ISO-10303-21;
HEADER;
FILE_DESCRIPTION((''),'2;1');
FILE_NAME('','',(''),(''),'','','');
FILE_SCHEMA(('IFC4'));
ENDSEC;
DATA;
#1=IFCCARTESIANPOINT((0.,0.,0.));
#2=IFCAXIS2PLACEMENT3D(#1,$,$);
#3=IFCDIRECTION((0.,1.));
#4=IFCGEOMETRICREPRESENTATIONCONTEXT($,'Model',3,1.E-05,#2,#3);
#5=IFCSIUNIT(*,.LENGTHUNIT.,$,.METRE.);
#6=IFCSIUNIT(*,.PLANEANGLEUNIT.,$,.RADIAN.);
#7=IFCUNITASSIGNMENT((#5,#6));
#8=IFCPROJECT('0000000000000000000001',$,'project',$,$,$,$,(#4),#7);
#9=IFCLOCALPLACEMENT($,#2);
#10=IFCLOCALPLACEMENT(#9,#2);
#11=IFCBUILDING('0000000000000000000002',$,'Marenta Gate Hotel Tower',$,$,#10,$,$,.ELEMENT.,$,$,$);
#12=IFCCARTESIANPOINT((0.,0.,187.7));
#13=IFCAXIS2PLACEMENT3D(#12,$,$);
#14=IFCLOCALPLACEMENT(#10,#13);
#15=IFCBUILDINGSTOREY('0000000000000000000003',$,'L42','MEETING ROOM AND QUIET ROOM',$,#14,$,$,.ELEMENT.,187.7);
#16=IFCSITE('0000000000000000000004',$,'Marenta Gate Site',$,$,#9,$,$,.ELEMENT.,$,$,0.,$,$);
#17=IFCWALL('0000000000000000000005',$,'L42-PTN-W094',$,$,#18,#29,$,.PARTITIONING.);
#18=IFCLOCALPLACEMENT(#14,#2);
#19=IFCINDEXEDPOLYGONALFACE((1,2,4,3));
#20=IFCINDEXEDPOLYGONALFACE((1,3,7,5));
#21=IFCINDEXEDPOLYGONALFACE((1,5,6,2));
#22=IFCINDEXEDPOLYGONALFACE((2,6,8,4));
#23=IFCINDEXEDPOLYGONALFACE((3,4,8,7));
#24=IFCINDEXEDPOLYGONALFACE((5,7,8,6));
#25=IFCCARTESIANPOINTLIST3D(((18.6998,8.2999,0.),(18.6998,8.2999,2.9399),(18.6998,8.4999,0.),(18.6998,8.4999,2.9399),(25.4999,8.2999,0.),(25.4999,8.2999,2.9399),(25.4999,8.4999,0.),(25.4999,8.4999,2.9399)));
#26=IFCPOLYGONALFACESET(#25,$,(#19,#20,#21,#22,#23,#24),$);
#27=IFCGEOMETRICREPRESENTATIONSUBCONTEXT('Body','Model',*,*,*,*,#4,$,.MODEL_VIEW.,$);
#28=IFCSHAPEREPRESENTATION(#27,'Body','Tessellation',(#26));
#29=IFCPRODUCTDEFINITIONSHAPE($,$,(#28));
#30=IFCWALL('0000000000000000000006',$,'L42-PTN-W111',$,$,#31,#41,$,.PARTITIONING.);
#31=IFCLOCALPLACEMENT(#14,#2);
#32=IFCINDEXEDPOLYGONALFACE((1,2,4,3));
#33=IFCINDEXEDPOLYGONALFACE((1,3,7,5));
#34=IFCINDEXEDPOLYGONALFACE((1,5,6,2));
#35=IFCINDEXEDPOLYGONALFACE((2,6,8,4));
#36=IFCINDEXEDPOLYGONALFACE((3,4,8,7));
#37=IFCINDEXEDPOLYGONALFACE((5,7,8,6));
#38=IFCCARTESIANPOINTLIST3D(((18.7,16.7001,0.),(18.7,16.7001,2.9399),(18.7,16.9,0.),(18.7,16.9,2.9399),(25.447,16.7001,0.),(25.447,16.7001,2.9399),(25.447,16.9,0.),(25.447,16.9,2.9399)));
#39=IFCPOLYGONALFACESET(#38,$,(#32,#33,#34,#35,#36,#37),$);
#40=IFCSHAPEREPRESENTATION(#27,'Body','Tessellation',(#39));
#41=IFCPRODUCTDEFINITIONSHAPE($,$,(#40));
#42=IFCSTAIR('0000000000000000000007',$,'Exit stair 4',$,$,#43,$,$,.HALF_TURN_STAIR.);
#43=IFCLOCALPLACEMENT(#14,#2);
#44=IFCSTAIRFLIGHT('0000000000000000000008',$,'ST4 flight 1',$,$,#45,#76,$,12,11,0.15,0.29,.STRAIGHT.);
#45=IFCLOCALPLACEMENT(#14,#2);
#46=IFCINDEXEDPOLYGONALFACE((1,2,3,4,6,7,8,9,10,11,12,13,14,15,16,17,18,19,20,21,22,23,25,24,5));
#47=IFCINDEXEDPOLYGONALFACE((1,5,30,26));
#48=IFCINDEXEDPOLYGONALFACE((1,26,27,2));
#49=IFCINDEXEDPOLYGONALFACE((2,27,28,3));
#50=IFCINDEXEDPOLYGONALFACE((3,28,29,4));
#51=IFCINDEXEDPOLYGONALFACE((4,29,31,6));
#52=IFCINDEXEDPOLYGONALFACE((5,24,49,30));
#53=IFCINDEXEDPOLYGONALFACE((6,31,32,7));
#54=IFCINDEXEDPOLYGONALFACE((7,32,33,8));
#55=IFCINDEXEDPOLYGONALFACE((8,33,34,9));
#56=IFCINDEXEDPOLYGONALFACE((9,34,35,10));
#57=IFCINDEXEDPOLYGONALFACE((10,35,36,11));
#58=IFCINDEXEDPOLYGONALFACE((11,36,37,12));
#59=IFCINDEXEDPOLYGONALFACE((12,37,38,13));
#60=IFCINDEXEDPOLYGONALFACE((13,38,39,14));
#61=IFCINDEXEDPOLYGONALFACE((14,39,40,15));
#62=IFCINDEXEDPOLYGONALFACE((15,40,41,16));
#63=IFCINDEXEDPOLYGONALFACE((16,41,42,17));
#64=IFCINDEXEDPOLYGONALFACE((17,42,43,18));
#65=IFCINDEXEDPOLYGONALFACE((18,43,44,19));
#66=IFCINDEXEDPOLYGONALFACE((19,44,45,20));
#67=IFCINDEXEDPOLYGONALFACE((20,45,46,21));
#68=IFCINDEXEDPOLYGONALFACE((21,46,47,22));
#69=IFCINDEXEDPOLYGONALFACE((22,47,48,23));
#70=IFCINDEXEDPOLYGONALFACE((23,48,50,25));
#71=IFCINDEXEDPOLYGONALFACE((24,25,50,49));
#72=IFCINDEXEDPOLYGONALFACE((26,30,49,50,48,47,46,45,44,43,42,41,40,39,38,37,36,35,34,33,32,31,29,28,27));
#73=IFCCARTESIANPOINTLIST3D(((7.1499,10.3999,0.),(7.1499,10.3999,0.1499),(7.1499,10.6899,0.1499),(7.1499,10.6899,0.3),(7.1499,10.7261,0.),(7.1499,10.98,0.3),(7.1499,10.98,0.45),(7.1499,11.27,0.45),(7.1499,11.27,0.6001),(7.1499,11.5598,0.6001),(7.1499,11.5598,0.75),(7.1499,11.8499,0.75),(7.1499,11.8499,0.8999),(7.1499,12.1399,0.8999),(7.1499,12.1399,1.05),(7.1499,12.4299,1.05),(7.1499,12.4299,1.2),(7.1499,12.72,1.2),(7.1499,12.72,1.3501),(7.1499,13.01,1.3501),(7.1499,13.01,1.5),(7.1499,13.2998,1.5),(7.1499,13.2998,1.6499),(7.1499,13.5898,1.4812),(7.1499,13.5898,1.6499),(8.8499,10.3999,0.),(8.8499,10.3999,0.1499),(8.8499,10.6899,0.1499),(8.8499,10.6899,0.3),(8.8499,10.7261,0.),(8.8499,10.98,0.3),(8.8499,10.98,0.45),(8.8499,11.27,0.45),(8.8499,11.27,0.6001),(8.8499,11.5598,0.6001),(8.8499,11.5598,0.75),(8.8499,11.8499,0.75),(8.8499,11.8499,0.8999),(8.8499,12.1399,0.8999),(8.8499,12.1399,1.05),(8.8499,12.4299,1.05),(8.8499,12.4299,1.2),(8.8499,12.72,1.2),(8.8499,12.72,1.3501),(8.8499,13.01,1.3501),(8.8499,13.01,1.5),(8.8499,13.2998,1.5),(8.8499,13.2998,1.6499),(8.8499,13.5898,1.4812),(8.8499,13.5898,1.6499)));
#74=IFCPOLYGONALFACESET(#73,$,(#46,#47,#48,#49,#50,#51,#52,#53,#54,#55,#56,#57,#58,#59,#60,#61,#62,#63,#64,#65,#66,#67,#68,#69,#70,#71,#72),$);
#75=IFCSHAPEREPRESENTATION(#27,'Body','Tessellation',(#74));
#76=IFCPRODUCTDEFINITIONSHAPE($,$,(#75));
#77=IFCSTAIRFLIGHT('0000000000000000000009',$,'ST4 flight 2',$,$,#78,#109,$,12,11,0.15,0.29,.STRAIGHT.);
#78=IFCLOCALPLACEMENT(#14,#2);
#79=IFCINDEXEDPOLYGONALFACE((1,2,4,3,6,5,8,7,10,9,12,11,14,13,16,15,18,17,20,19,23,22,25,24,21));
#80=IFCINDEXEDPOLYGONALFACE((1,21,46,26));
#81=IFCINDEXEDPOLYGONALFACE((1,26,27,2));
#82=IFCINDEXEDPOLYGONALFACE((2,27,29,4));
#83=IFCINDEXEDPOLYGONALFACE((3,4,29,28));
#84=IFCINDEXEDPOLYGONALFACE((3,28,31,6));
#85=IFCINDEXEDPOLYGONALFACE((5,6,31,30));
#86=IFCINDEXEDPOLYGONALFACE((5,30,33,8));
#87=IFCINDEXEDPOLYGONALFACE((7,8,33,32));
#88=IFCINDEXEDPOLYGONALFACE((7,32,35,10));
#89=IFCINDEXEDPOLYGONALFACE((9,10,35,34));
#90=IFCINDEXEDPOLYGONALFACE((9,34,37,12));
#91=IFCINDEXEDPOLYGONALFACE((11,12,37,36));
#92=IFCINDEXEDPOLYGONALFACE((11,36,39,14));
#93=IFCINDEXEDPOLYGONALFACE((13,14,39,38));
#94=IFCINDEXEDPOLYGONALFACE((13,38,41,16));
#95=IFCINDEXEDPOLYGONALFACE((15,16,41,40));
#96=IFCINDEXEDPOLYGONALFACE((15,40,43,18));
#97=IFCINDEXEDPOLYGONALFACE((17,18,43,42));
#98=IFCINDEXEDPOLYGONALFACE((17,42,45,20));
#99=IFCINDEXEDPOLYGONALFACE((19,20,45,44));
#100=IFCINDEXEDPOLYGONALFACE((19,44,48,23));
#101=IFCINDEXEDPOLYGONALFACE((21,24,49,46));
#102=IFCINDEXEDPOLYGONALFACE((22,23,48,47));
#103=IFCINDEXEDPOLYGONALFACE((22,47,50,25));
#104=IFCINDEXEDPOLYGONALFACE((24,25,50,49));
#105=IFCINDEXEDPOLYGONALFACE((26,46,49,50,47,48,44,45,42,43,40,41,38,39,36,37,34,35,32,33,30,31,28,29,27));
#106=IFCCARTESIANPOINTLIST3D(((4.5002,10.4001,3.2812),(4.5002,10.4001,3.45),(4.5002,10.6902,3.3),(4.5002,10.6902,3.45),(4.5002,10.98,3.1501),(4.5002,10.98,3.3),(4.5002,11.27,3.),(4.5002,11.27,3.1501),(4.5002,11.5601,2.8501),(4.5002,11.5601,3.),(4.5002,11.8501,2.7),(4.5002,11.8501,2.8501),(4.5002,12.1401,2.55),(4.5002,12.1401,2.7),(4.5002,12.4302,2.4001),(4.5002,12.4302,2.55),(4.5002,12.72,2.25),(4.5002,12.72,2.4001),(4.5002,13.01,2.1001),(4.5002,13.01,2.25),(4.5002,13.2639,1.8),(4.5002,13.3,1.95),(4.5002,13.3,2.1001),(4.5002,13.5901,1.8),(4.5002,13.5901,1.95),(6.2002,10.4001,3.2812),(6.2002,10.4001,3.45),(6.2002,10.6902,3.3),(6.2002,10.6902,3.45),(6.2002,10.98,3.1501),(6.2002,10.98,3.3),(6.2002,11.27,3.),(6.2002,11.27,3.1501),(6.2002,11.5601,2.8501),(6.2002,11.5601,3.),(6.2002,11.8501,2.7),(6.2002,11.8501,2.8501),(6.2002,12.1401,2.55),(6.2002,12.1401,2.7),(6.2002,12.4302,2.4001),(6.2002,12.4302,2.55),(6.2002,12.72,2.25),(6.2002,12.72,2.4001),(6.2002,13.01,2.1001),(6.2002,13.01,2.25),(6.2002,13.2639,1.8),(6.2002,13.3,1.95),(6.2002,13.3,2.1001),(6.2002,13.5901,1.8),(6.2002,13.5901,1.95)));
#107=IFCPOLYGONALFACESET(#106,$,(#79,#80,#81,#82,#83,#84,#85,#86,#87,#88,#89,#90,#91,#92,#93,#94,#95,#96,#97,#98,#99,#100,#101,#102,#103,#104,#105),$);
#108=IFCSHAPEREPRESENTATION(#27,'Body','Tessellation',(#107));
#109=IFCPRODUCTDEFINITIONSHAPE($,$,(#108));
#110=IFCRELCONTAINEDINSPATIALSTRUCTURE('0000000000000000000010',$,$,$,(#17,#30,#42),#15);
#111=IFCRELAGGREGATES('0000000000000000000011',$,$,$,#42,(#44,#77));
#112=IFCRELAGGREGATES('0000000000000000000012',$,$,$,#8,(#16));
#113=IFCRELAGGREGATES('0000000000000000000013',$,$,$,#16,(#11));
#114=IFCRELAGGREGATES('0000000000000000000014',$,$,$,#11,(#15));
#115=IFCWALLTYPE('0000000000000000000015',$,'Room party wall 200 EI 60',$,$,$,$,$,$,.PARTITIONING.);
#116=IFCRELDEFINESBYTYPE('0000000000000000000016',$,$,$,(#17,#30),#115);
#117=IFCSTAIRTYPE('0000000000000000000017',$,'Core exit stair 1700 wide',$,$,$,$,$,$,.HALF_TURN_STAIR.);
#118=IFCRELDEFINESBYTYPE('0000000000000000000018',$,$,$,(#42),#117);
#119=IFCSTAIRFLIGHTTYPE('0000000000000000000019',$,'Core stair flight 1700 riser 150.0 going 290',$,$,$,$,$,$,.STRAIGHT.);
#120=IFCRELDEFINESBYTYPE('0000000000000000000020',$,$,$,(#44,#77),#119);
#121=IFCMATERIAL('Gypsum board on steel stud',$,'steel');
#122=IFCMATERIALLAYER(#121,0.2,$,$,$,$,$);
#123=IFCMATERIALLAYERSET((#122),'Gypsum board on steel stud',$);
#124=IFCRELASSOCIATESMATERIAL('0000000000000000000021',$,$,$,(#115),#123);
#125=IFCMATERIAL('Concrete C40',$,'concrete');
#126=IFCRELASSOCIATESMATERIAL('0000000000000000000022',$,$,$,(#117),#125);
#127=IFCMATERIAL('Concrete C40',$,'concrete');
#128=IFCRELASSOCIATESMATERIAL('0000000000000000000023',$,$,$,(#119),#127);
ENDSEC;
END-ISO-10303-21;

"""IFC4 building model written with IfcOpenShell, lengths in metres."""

from ifc_helpers import new_model, si_unit, direction, frame, frame_2d, origin, place, context, subcontext, project, spatial, polyline, rectangle, outline, extrude, material, layer, layer_set, type_object, element, aggregate, save


model = new_model("IFC4")

# Units and contexts
model_context = context("Model", 3, precision=1e-05, world=origin(), true_north=direction((0.0, 1.0)))
body_context = subcontext(model_context, "Body", "Model", "MODEL_VIEW")
ifc_project = project(units=[si_unit("LENGTHUNIT", "METRE"), si_unit("PLANEANGLEUNIT", "RADIAN")], contexts=[model_context])

# Site, building, storey
site_placement = place(None, origin())
site = spatial("IfcSite", under=ifc_project, at=site_placement, Name="Marenta Gate Site", CompositionType="ELEMENT", RefElevation=0.0)
building_placement = place(site_placement, origin())
building = spatial("IfcBuilding", under=site, at=building_placement, Name="Marenta Gate Hotel Tower", CompositionType="ELEMENT")
storey_placement = place(building_placement, frame((0.0, 0.0, 187.7)))
storey = spatial("IfcBuildingStorey", under=building, at=storey_placement, Name="L42", Description="MEETING ROOM AND QUIET ROOM", CompositionType="ELEMENT", Elevation=187.7)

# Walls
ifc_material_1 = material(Name="Gypsum board on steel stud", Category="steel")
ifc_layer_1 = layer(ifc_material_1, 0.2)
ifc_layer_set_1 = layer_set([ifc_layer_1], Name="Gypsum board on steel stud")
wall_type_1 = type_object("IfcWallType", Name="Room party wall 200 EI 60", PredefinedType="PARTITIONING", material=ifc_layer_set_1)
wall_1_placement = place(storey_placement, frame((18.7, 8.3999, 0.0), z_axis=(0.0, 0.0, 1.0), x_axis=(1.0, 0.0, 0.0)))
element("IfcWall", 1, at=wall_1_placement, inside=storey, type_object=wall_type_1, Name="L42-PTN-W094", PredefinedType="PARTITIONING", context=body_context, shape_type="SweptSolid", body=[
    extrude(rectangle(XDim=6.8, YDim=0.2, at=frame_2d((3.3999, 0.0))), origin(), (0.0, 0.0, 1.0), 2.9399),
])
wall_2_placement = place(storey_placement, frame((18.7, 16.8, 0.0), z_axis=(0.0, 0.0, 1.0), x_axis=(1.0, 0.0, 0.0)))
element("IfcWall", 2, at=wall_2_placement, inside=storey, type_object=wall_type_1, Name="L42-PTN-W111", PredefinedType="PARTITIONING", context=body_context, shape_type="SweptSolid", body=[
    extrude(rectangle(XDim=6.7471, YDim=0.2, at=frame_2d((3.3735, 0.0))), origin(), (0.0, 0.0, 1.0), 2.9399),
])

# Stair, stair flights
ifc_material_2 = material(Name="Concrete C40", Category="concrete")
stair_type = type_object("IfcStairType", Name="Core exit stair 1700 wide", PredefinedType="HALF_TURN_STAIR", material=ifc_material_2)
stair_placement = place(storey_placement, origin())
stair = element("IfcStair", 3, at=stair_placement, inside=storey, type_object=stair_type, Name="Exit stair 4", PredefinedType="HALF_TURN_STAIR")
ifc_material_3 = material(Name="Concrete C40", Category="concrete")
stair_flight_type = type_object("IfcStairFlightType", Name="Core stair flight 1700 riser 150.0 going 290", PredefinedType="STRAIGHT", material=ifc_material_3)
stair_flight_1_placement = place(storey_placement, frame((8.0, 10.3999, 0.0), z_axis=(0.0, 0.0, 1.0), x_axis=(0.0, 1.0, 0.0)))
stair_flight_1 = element("IfcStairFlight", 4, at=stair_flight_1_placement, type_object=stair_flight_type, Name="ST4 flight 1", NumberOfRisers=12, NumberOfTreads=11, PredefinedType="STRAIGHT", RiserHeight=0.15, TreadLength=0.29, context=body_context, shape_type="SweptSolid", body=[
    extrude(outline(polyline([(0.0, 0.0), (0.0, 0.1499), (0.29, 0.1499), (0.29, 0.3), (0.5801, 0.3), (0.5801, 0.45), (0.8701, 0.45), (0.8701, 0.6001), (1.1599, 0.6001), (1.1599, 0.75), (1.45, 0.75), (1.45, 0.8999), (1.74, 0.8999), (1.74, 1.05), (2.03, 1.05), (2.03, 1.2), (2.3201, 1.2), (2.3201, 1.3501), (2.6101, 1.3501), (2.6101, 1.5), (2.8999, 1.5), (2.8999, 1.6499), (3.1899, 1.6499), (3.1899, 1.8), (3.1899, 1.4812), (0.3262, 0.0), (0.0, 0.0)])), frame((0.0, 0.8501, 0.0), z_axis=(0.0, -1.0, 0.0), x_axis=(1.0, 0.0, 0.0)), (0.0, 0.0, 1.0), 1.7),
])
stair_flight_2_placement = place(storey_placement, frame((5.3501, 13.5901, 1.8), z_axis=(0.0, 0.0, 1.0), x_axis=(0.0, -1.0, 0.0)))
stair_flight_2 = element("IfcStairFlight", 5, at=stair_flight_2_placement, type_object=stair_flight_type, Name="ST4 flight 2", NumberOfRisers=12, NumberOfTreads=11, PredefinedType="STRAIGHT", RiserHeight=0.15, TreadLength=0.29, context=body_context, shape_type="SweptSolid", body=[
    extrude(outline(polyline([(0.0, 0.0), (0.0, 0.1499), (0.29, 0.1499), (0.29, 0.3), (0.5801, 0.3), (0.5801, 0.45), (0.8701, 0.45), (0.8701, 0.6001), (1.1599, 0.6001), (1.1599, 0.75), (1.45, 0.75), (1.45, 0.8999), (1.74, 0.8999), (1.74, 1.05), (2.03, 1.05), (2.03, 1.2), (2.3201, 1.2), (2.3201, 1.3501), (2.6101, 1.3501), (2.6101, 1.5), (2.8999, 1.5), (2.8999, 1.6499), (3.1899, 1.6499), (3.1899, 1.8), (3.1899, 1.4812), (0.3262, 0.0), (0.0, 0.0)])), frame((0.0, 0.8501, 0.0), z_axis=(0.0, -1.0, 0.0), x_axis=(1.0, 0.0, 0.0)), (0.0, 0.0, 1.0), 1.7),
])
aggregate(stair, [stair_flight_1, stair_flight_2])

save(model, "model.ifc")
